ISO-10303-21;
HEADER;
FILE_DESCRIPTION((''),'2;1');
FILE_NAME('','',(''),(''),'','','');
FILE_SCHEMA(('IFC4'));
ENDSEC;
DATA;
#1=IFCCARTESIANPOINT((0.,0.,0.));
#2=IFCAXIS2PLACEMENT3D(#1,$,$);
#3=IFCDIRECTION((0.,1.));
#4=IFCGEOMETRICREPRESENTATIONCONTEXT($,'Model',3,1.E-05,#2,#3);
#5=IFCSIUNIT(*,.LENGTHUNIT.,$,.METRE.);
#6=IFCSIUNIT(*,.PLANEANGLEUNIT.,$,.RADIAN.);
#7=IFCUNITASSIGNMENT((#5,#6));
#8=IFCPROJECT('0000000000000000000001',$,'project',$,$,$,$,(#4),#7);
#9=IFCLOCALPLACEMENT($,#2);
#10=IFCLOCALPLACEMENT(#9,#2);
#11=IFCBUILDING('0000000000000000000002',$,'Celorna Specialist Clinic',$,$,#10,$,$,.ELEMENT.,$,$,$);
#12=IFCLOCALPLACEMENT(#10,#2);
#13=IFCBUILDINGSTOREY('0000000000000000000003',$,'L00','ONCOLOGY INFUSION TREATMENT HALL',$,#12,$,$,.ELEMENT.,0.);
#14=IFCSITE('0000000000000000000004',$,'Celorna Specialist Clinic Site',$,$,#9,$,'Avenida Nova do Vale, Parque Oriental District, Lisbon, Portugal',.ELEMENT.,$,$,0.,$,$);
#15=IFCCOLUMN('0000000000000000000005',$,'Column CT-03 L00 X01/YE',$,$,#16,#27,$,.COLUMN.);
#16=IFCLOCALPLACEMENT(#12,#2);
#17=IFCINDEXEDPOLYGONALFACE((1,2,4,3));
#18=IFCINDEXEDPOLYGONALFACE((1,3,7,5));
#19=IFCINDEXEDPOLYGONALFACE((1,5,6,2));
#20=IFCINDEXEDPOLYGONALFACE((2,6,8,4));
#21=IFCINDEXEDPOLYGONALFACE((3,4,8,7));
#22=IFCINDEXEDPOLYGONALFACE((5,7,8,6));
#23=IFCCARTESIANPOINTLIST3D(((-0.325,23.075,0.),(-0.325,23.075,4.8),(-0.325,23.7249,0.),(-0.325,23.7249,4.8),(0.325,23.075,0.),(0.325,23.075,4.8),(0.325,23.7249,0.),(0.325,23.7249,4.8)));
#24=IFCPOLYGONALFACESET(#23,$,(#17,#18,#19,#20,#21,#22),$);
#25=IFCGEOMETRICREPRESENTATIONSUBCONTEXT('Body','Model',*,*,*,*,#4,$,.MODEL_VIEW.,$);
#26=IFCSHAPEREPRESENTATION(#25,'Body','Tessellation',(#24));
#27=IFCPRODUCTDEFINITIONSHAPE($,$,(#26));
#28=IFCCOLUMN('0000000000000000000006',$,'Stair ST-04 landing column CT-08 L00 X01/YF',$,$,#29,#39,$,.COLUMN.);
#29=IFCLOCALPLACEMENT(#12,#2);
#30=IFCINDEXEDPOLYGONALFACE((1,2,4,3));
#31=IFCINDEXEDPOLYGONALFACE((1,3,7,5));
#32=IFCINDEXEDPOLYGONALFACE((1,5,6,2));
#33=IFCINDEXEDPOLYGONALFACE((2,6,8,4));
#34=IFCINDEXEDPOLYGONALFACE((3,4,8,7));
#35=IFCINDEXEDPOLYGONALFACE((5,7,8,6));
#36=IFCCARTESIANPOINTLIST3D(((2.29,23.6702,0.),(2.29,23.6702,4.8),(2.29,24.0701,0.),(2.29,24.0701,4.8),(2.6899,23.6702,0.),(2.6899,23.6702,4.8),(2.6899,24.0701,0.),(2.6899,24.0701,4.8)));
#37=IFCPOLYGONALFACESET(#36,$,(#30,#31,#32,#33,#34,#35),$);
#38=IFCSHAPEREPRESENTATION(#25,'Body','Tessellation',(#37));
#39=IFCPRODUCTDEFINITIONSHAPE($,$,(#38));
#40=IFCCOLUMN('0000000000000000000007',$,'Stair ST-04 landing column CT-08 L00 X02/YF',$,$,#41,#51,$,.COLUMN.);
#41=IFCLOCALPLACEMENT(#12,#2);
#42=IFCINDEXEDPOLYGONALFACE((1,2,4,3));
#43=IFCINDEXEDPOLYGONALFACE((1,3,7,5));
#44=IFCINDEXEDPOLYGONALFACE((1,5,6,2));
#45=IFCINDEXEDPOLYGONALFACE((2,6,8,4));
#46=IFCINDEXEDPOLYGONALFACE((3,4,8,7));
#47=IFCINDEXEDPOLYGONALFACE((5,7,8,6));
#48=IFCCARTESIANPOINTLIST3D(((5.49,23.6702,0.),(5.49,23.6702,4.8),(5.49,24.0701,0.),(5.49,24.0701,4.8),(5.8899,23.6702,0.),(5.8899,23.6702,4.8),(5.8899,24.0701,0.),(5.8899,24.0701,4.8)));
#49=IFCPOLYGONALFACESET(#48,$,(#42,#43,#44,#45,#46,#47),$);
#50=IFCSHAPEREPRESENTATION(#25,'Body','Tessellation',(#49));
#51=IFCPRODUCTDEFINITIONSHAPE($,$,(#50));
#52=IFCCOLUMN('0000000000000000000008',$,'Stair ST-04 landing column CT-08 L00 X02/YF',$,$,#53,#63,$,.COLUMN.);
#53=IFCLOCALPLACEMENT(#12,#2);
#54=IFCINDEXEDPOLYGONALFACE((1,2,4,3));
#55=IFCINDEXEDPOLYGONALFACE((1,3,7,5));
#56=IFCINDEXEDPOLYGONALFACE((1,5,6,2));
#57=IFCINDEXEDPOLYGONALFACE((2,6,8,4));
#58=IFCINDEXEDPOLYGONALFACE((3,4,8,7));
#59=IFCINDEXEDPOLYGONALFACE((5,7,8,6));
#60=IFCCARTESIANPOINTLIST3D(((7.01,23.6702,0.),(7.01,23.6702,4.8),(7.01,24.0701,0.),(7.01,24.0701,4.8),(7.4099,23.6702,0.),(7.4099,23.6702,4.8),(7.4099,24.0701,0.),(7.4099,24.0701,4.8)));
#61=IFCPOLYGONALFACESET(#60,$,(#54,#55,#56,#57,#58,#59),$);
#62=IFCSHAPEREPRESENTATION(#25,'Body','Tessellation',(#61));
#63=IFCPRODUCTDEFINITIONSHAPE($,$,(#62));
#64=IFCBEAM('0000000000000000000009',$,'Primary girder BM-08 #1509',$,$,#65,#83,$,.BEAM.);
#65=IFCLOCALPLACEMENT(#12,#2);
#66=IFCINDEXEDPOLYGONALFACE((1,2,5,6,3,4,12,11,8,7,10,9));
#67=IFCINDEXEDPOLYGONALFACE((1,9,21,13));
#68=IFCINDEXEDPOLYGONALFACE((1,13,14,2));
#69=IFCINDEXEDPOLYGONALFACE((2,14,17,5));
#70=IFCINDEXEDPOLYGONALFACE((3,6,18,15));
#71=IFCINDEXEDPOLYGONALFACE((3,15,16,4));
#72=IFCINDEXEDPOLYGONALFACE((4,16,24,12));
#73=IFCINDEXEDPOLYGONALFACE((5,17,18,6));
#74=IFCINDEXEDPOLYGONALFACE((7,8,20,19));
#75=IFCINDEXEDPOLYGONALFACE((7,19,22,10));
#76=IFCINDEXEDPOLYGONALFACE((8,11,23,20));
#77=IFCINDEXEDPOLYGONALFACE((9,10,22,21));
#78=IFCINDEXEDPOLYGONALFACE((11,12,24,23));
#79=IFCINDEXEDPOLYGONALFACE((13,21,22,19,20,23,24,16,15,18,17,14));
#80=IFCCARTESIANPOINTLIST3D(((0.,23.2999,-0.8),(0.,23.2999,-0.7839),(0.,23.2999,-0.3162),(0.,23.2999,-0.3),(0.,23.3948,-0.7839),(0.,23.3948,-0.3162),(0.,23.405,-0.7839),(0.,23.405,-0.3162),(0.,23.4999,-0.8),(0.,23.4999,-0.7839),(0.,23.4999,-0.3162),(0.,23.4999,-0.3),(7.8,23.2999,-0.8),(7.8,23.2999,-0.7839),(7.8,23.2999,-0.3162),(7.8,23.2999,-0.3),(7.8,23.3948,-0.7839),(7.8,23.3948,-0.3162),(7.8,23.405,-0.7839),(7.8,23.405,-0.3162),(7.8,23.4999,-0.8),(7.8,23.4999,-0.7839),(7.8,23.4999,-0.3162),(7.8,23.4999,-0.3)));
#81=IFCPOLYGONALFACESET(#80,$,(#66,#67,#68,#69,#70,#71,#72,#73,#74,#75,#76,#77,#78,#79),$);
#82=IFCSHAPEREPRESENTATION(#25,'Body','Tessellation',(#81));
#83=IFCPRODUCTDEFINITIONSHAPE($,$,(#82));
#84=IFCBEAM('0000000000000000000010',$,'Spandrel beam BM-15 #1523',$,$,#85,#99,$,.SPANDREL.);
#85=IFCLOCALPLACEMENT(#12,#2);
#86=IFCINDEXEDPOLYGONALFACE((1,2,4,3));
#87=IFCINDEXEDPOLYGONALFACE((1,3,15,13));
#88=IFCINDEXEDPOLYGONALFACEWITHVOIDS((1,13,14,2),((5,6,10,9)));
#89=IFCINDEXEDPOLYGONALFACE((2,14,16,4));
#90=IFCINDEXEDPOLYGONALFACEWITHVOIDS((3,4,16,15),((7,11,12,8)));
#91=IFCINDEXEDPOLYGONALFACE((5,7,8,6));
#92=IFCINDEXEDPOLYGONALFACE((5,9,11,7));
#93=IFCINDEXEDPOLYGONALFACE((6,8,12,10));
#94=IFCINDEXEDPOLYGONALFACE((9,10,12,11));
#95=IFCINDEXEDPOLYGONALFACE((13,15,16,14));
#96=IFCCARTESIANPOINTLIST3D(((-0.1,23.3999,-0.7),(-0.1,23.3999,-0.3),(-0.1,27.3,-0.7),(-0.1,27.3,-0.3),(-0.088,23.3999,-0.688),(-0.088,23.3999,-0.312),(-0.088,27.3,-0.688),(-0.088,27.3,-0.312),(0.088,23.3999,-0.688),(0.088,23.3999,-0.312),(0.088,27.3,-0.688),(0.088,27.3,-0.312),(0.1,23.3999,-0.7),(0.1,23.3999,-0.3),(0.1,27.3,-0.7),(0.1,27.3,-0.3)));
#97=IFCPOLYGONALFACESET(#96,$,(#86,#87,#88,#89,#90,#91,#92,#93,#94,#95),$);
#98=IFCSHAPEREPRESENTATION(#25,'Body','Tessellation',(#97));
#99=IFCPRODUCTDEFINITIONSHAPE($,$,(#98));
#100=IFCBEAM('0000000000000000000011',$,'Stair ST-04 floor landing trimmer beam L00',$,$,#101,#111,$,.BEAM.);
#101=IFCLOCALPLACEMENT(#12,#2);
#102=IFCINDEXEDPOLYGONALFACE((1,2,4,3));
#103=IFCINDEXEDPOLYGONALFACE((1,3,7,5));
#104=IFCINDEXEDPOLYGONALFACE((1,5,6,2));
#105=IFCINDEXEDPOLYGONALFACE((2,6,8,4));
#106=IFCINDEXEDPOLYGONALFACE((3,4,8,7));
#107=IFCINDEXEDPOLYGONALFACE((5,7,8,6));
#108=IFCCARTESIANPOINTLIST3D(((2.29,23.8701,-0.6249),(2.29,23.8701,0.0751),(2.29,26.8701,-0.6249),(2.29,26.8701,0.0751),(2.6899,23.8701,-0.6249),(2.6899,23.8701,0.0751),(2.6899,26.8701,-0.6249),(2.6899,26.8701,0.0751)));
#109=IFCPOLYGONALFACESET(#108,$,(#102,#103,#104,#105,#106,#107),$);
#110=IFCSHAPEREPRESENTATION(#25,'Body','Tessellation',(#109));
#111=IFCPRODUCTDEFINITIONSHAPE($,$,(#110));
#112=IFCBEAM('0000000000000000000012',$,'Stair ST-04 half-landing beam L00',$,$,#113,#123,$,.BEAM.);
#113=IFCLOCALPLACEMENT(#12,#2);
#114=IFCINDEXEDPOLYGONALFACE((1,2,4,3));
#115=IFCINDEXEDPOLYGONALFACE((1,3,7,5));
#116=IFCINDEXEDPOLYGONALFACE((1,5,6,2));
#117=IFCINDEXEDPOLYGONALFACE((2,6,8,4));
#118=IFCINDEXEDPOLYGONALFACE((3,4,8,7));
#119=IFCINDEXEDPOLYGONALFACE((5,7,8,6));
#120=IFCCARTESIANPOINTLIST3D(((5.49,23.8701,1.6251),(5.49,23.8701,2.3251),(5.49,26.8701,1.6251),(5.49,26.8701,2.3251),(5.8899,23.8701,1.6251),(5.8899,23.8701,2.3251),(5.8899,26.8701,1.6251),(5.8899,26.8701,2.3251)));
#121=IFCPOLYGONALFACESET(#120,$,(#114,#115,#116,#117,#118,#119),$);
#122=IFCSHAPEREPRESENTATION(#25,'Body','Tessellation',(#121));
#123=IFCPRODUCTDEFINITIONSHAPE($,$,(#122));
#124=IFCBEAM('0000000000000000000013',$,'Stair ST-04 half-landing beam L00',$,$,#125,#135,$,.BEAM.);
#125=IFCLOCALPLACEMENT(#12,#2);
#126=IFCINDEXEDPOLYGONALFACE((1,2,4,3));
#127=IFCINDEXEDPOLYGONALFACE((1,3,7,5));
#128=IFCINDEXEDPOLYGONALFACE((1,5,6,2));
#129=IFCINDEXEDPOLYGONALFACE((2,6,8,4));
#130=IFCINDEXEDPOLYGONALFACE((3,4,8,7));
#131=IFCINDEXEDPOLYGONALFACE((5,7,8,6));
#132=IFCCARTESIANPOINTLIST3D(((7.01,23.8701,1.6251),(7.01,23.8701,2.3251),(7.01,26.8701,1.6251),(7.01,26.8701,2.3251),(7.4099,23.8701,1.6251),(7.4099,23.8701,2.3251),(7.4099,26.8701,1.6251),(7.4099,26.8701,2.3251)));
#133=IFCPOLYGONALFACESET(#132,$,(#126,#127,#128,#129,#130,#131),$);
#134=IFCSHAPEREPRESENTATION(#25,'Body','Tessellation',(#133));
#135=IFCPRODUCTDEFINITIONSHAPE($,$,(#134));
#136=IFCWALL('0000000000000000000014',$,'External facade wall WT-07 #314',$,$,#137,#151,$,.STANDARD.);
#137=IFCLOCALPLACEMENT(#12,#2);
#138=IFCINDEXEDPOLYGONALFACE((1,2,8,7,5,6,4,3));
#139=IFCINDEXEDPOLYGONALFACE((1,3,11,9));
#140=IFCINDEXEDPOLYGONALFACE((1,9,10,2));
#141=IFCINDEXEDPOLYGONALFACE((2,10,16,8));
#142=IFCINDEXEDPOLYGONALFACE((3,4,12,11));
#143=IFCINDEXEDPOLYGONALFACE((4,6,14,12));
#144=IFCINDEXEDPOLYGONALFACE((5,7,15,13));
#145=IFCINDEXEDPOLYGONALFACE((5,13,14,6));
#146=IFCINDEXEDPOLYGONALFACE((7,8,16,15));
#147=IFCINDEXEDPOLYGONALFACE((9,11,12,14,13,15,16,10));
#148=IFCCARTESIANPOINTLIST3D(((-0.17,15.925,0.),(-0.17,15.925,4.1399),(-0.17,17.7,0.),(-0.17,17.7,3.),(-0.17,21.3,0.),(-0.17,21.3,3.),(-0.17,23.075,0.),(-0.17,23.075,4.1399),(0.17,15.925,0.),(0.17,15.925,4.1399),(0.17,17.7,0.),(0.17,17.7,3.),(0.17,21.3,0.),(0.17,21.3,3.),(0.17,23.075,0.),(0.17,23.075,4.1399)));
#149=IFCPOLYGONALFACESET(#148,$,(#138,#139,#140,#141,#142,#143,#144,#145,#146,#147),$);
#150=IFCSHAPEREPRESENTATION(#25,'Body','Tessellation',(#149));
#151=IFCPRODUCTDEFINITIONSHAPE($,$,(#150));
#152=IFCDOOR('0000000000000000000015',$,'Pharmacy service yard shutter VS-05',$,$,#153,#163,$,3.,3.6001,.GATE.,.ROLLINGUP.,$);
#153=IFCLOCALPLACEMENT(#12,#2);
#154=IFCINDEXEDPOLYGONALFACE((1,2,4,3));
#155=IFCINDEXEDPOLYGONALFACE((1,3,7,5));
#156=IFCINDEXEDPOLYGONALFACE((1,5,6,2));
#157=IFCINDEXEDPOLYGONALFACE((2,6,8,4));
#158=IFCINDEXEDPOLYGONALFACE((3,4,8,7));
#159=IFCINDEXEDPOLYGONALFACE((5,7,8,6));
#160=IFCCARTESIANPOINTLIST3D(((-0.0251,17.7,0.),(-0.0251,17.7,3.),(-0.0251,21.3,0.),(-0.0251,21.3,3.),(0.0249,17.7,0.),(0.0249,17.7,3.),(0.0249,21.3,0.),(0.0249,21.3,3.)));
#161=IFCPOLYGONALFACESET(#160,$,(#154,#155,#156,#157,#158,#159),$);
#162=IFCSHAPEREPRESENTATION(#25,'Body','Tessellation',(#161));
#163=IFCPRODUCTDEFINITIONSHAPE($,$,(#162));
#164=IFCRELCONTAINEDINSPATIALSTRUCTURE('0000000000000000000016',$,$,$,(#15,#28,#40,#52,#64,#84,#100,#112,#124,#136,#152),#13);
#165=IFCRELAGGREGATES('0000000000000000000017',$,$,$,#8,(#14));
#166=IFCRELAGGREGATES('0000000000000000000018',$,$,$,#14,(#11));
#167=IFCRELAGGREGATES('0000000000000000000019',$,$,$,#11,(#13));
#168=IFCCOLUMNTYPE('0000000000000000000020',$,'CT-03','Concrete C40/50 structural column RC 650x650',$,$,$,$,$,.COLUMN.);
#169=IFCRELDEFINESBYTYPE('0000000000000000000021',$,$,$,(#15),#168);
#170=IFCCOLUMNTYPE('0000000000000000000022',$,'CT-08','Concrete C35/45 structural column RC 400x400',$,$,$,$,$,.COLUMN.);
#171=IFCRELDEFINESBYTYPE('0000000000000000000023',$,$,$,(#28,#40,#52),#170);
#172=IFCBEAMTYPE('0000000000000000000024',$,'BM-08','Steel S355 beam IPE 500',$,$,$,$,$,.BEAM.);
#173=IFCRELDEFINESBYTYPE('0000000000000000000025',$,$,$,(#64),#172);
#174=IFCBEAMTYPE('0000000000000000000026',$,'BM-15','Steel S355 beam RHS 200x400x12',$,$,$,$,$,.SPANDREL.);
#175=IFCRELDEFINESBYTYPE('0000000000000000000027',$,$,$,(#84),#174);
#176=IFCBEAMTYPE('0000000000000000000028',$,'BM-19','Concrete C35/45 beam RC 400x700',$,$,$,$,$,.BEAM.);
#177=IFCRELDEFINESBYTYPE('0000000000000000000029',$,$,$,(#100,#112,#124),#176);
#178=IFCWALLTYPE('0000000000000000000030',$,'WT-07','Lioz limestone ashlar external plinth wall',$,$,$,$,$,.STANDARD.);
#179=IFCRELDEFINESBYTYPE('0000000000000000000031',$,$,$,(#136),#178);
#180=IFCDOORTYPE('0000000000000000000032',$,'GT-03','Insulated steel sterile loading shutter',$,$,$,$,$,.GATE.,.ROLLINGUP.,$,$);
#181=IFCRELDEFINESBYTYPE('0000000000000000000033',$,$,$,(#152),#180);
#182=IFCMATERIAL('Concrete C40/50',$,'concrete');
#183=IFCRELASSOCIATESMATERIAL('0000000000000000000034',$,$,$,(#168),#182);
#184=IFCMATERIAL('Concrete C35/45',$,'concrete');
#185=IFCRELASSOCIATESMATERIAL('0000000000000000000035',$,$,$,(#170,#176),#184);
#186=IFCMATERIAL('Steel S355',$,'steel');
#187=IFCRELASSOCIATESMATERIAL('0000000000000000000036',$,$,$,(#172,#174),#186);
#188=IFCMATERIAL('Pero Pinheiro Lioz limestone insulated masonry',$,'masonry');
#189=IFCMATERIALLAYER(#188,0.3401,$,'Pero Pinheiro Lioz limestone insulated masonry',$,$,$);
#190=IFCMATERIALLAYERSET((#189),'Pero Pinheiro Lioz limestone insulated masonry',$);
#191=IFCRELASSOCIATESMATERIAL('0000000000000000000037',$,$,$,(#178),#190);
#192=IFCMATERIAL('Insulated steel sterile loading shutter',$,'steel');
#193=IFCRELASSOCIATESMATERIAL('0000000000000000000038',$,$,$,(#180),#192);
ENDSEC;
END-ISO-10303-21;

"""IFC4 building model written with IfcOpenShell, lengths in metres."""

from ifc_helpers import new_model, si_unit, direction, frame, frame_2d, origin, origin_2d, place, context, subcontext, project, spatial, rectangle, hollow_rectangle, i_section, extrude, material, layer, layer_set, material_profile, profile_set, type_object, element, fill, save


model = new_model("IFC4")

# Units and contexts
model_context = context("Model", 3, precision=1e-05, world=origin(), true_north=direction((0.0, 1.0)))
body_context = subcontext(model_context, "Body", "Model", "MODEL_VIEW")
ifc_project = project(units=[si_unit("LENGTHUNIT", "METRE"), si_unit("PLANEANGLEUNIT", "RADIAN")], contexts=[model_context])

# Site, building, storey
site_placement = place(None, origin())
site = spatial("IfcSite", under=ifc_project, at=site_placement, Name="Celorna Specialist Clinic Site", LongName="Avenida Nova do Vale, Parque Oriental District, Lisbon, Portugal", CompositionType="ELEMENT", RefElevation=0.0)
building_placement = place(site_placement, origin())
building = spatial("IfcBuilding", under=site, at=building_placement, Name="Celorna Specialist Clinic", CompositionType="ELEMENT")
storey_placement = place(building_placement, origin())
storey = spatial("IfcBuildingStorey", under=building, at=storey_placement, Name="L00", Description="ONCOLOGY INFUSION TREATMENT HALL", CompositionType="ELEMENT", Elevation=0.0)

# Columns
ifc_material_1 = material(Name="Concrete C40/50", Category="concrete")
ifc_material_profile_1 = material_profile(ifc_material_1, rectangle(XDim=0.6499, YDim=0.6499, at=origin_2d()), Name="RC 650x650")
ifc_profile_set_1 = profile_set([ifc_material_profile_1], Name="Concrete C40/50")
column_type_1 = type_object("IfcColumnType", Name="CT-03", Description="Concrete C40/50 structural column RC 650x650", PredefinedType="COLUMN", material=ifc_profile_set_1)
column_placement = place(storey_placement, frame((0.0, 23.3999, 0.0), z_axis=(0.0, 0.0, 1.0), x_axis=(1.0, 0.0, 0.0)))
element("IfcColumn", 1, at=column_placement, inside=storey, type_object=column_type_1, Name="Column CT-03 L00 X01/YE", PredefinedType="COLUMN", context=body_context, shape_type="SweptSolid", body=[
    extrude(rectangle(XDim=0.6499, YDim=0.6499, at=origin_2d()), origin(), (0.0, 0.0, 1.0), 4.8),
])
ifc_material_2 = material(Name="Concrete C35/45", Category="concrete")
ifc_material_profile_2 = material_profile(ifc_material_2, rectangle(XDim=0.3999, YDim=0.3999, at=origin_2d()), Name="RC 400x400")
ifc_profile_set_2 = profile_set([ifc_material_profile_2], Name="Concrete C35/45")
column_type_2 = type_object("IfcColumnType", Name="CT-08", Description="Concrete C35/45 structural column RC 400x400", PredefinedType="COLUMN", material=ifc_profile_set_2)
for number, where, z_axis, x_axis, name in (
    (2, (2.49, 23.8701, 0.0), (0.0, 0.0, 1.0), (1.0, 0.0, 0.0), "Stair ST-04 landing column CT-08 L00 X01/YF"),
    (3, (5.6899, 23.8701, 0.0), (0.0, 0.0, 1.0), (1.0, 0.0, 0.0), "Stair ST-04 landing column CT-08 L00 X02/YF"),
    (4, (7.21, 23.8701, 0.0), (0.0, 0.0, 1.0), (1.0, 0.0, 0.0), "Stair ST-04 landing column CT-08 L00 X02/YF"),
):
    element("IfcColumn", number, at=place(storey_placement, frame(where, z_axis=z_axis, x_axis=x_axis)), inside=storey, type_object=column_type_2, Name=name, PredefinedType="COLUMN", context=body_context, shape_type="SweptSolid", body=[
        extrude(rectangle(XDim=0.3999, YDim=0.3999, at=origin_2d()), origin(), (0.0, 0.0, 1.0), 4.8),
    ])

# Beams
ifc_material_3 = material(Name="Steel S355", Category="steel")
ifc_material_profile_3 = material_profile(ifc_material_3, i_section(OverallWidth=0.2, OverallDepth=0.5, WebThickness=0.0103, FlangeThickness=0.0161, at=origin_2d()), Name="IPE 500")
ifc_profile_set_3 = profile_set([ifc_material_profile_3], Name="Steel S355")
beam_type_1 = type_object("IfcBeamType", Name="BM-08", Description="Steel S355 beam IPE 500", PredefinedType="BEAM", material=ifc_profile_set_3)
beam_1_placement = place(storey_placement, frame((0.0, 23.3999, -0.55), z_axis=(1.0, 0.0, 0.0), x_axis=(0.0, 1.0, 0.0)))
element("IfcBeam", 5, at=beam_1_placement, inside=storey, type_object=beam_type_1, Name="Primary girder BM-08 #1509", PredefinedType="BEAM", context=body_context, shape_type="SweptSolid", body=[
    extrude(i_section(OverallWidth=0.2, OverallDepth=0.5, WebThickness=0.0103, FlangeThickness=0.0161, at=origin_2d()), origin(), (0.0, 0.0, 1.0), 7.8),
])
ifc_material_profile_4 = material_profile(ifc_material_3, hollow_rectangle(XDim=0.2, YDim=0.3999, WallThickness=0.012, at=origin_2d()), Name="RHS 200x400x12")
ifc_profile_set_4 = profile_set([ifc_material_profile_4], Name="Steel S355")
beam_type_2 = type_object("IfcBeamType", Name="BM-15", Description="Steel S355 beam RHS 200x400x12", PredefinedType="SPANDREL", material=ifc_profile_set_4)
beam_2_placement = place(storey_placement, frame((0.0, 23.3999, -0.5), z_axis=(0.0, 1.0, 0.0), x_axis=(-1.0, 0.0, 0.0)))
element("IfcBeam", 6, at=beam_2_placement, inside=storey, type_object=beam_type_2, Name="Spandrel beam BM-15 #1523", PredefinedType="SPANDREL", context=body_context, shape_type="SweptSolid", body=[
    extrude(hollow_rectangle(XDim=0.2, YDim=0.3999, WallThickness=0.012, at=origin_2d()), origin(), (0.0, 0.0, 1.0), 3.9001),
])
ifc_material_profile_5 = material_profile(ifc_material_2, rectangle(XDim=0.3999, YDim=0.7, at=origin_2d()), Name="RC 400x700")
ifc_profile_set_5 = profile_set([ifc_material_profile_5], Name="Concrete C35/45")
beam_type_3 = type_object("IfcBeamType", Name="BM-19", Description="Concrete C35/45 beam RC 400x700", PredefinedType="BEAM", material=ifc_profile_set_5)
for number, where, z_axis, x_axis, name in (
    (7, (2.49, 23.8701, -0.2749), (0.0, 1.0, 0.0), (-1.0, 0.0, 0.0), "Stair ST-04 floor landing trimmer beam L00"),
    (8, (5.6899, 23.8701, 1.9751), (0.0, 1.0, 0.0), (-1.0, 0.0, 0.0), "Stair ST-04 half-landing beam L00"),
    (9, (7.21, 23.8701, 1.9751), (0.0, 1.0, 0.0), (-1.0, 0.0, 0.0), "Stair ST-04 half-landing beam L00"),
):
    element("IfcBeam", number, at=place(storey_placement, frame(where, z_axis=z_axis, x_axis=x_axis)), inside=storey, type_object=beam_type_3, Name=name, PredefinedType="BEAM", context=body_context, shape_type="SweptSolid", body=[
        extrude(rectangle(XDim=0.3999, YDim=0.7, at=origin_2d()), origin(), (0.0, 0.0, 1.0), 3.0),
    ])

# Wall, opening, door
ifc_material_4 = material(Name="Pero Pinheiro Lioz limestone insulated masonry", Category="masonry")
ifc_layer_1 = layer(ifc_material_4, 0.3401, Name="Pero Pinheiro Lioz limestone insulated masonry")
ifc_layer_set_1 = layer_set([ifc_layer_1], Name="Pero Pinheiro Lioz limestone insulated masonry")
wall_type_1 = type_object("IfcWallType", Name="WT-07", Description="Lioz limestone ashlar external plinth wall", PredefinedType="STANDARD", material=ifc_layer_set_1)
wall_1_placement = place(storey_placement, frame((0.0, 15.925, 0.0), z_axis=(0.0, 0.0, 1.0), x_axis=(0.0, 1.0, 0.0)))
wall_1 = element("IfcWall", 10, at=wall_1_placement, inside=storey, type_object=wall_type_1, Name="External facade wall WT-07 #314", PredefinedType="STANDARD", context=body_context, shape_type="SweptSolid", body=[
    extrude(rectangle(XDim=7.1499, YDim=0.3401, at=frame_2d((3.575, 0.0))), origin(), (0.0, 0.0, 1.0), 4.1399),
])
opening_1_placement = place(wall_1_placement, frame((1.7749, 0.0, 0.0)))
opening_1 = element("IfcOpeningElement", 11, at=opening_1_placement, cuts=wall_1, PredefinedType="OPENING", context=body_context, shape_type="SweptSolid", body=[
    extrude(rectangle(XDim=3.6001, YDim=3.0, at=frame_2d((1.8, 1.5))), frame((0.0, 0.1799, 0.0), z_axis=(0.0, -1.0, 0.0), x_axis=(1.0, 0.0, 0.0)), (0.0, 0.0, 1.0), 0.3601),
])
ifc_material_5 = material(Name="Insulated steel sterile loading shutter", Category="steel")
door_type_1 = type_object("IfcDoorType", Name="GT-03", Description="Insulated steel sterile loading shutter", OperationType="ROLLINGUP", PredefinedType="GATE", material=ifc_material_5)
door_1_placement = place(opening_1_placement, frame((3.6001, 0.0, 0.0), z_axis=(0.0, 0.0, 1.0), x_axis=(-1.0, 0.0, 0.0)))
door_1 = element("IfcDoor", 12, at=door_1_placement, inside=storey, type_object=door_type_1, Name="Pharmacy service yard shutter VS-05", OperationType="ROLLINGUP", OverallHeight=3.0, OverallWidth=3.6001, PredefinedType="GATE", context=body_context, shape_type="SweptSolid", body=[
    extrude(rectangle(XDim=3.6001, YDim=3.0, at=frame_2d((1.8, 1.5))), frame((0.0, 0.0249, 0.0), z_axis=(0.0, -1.0, 0.0), x_axis=(1.0, 0.0, 0.0)), (0.0, 0.0, 1.0), 0.05),
])
fill(opening_1, door_1)

save(model, "model.ifc")
